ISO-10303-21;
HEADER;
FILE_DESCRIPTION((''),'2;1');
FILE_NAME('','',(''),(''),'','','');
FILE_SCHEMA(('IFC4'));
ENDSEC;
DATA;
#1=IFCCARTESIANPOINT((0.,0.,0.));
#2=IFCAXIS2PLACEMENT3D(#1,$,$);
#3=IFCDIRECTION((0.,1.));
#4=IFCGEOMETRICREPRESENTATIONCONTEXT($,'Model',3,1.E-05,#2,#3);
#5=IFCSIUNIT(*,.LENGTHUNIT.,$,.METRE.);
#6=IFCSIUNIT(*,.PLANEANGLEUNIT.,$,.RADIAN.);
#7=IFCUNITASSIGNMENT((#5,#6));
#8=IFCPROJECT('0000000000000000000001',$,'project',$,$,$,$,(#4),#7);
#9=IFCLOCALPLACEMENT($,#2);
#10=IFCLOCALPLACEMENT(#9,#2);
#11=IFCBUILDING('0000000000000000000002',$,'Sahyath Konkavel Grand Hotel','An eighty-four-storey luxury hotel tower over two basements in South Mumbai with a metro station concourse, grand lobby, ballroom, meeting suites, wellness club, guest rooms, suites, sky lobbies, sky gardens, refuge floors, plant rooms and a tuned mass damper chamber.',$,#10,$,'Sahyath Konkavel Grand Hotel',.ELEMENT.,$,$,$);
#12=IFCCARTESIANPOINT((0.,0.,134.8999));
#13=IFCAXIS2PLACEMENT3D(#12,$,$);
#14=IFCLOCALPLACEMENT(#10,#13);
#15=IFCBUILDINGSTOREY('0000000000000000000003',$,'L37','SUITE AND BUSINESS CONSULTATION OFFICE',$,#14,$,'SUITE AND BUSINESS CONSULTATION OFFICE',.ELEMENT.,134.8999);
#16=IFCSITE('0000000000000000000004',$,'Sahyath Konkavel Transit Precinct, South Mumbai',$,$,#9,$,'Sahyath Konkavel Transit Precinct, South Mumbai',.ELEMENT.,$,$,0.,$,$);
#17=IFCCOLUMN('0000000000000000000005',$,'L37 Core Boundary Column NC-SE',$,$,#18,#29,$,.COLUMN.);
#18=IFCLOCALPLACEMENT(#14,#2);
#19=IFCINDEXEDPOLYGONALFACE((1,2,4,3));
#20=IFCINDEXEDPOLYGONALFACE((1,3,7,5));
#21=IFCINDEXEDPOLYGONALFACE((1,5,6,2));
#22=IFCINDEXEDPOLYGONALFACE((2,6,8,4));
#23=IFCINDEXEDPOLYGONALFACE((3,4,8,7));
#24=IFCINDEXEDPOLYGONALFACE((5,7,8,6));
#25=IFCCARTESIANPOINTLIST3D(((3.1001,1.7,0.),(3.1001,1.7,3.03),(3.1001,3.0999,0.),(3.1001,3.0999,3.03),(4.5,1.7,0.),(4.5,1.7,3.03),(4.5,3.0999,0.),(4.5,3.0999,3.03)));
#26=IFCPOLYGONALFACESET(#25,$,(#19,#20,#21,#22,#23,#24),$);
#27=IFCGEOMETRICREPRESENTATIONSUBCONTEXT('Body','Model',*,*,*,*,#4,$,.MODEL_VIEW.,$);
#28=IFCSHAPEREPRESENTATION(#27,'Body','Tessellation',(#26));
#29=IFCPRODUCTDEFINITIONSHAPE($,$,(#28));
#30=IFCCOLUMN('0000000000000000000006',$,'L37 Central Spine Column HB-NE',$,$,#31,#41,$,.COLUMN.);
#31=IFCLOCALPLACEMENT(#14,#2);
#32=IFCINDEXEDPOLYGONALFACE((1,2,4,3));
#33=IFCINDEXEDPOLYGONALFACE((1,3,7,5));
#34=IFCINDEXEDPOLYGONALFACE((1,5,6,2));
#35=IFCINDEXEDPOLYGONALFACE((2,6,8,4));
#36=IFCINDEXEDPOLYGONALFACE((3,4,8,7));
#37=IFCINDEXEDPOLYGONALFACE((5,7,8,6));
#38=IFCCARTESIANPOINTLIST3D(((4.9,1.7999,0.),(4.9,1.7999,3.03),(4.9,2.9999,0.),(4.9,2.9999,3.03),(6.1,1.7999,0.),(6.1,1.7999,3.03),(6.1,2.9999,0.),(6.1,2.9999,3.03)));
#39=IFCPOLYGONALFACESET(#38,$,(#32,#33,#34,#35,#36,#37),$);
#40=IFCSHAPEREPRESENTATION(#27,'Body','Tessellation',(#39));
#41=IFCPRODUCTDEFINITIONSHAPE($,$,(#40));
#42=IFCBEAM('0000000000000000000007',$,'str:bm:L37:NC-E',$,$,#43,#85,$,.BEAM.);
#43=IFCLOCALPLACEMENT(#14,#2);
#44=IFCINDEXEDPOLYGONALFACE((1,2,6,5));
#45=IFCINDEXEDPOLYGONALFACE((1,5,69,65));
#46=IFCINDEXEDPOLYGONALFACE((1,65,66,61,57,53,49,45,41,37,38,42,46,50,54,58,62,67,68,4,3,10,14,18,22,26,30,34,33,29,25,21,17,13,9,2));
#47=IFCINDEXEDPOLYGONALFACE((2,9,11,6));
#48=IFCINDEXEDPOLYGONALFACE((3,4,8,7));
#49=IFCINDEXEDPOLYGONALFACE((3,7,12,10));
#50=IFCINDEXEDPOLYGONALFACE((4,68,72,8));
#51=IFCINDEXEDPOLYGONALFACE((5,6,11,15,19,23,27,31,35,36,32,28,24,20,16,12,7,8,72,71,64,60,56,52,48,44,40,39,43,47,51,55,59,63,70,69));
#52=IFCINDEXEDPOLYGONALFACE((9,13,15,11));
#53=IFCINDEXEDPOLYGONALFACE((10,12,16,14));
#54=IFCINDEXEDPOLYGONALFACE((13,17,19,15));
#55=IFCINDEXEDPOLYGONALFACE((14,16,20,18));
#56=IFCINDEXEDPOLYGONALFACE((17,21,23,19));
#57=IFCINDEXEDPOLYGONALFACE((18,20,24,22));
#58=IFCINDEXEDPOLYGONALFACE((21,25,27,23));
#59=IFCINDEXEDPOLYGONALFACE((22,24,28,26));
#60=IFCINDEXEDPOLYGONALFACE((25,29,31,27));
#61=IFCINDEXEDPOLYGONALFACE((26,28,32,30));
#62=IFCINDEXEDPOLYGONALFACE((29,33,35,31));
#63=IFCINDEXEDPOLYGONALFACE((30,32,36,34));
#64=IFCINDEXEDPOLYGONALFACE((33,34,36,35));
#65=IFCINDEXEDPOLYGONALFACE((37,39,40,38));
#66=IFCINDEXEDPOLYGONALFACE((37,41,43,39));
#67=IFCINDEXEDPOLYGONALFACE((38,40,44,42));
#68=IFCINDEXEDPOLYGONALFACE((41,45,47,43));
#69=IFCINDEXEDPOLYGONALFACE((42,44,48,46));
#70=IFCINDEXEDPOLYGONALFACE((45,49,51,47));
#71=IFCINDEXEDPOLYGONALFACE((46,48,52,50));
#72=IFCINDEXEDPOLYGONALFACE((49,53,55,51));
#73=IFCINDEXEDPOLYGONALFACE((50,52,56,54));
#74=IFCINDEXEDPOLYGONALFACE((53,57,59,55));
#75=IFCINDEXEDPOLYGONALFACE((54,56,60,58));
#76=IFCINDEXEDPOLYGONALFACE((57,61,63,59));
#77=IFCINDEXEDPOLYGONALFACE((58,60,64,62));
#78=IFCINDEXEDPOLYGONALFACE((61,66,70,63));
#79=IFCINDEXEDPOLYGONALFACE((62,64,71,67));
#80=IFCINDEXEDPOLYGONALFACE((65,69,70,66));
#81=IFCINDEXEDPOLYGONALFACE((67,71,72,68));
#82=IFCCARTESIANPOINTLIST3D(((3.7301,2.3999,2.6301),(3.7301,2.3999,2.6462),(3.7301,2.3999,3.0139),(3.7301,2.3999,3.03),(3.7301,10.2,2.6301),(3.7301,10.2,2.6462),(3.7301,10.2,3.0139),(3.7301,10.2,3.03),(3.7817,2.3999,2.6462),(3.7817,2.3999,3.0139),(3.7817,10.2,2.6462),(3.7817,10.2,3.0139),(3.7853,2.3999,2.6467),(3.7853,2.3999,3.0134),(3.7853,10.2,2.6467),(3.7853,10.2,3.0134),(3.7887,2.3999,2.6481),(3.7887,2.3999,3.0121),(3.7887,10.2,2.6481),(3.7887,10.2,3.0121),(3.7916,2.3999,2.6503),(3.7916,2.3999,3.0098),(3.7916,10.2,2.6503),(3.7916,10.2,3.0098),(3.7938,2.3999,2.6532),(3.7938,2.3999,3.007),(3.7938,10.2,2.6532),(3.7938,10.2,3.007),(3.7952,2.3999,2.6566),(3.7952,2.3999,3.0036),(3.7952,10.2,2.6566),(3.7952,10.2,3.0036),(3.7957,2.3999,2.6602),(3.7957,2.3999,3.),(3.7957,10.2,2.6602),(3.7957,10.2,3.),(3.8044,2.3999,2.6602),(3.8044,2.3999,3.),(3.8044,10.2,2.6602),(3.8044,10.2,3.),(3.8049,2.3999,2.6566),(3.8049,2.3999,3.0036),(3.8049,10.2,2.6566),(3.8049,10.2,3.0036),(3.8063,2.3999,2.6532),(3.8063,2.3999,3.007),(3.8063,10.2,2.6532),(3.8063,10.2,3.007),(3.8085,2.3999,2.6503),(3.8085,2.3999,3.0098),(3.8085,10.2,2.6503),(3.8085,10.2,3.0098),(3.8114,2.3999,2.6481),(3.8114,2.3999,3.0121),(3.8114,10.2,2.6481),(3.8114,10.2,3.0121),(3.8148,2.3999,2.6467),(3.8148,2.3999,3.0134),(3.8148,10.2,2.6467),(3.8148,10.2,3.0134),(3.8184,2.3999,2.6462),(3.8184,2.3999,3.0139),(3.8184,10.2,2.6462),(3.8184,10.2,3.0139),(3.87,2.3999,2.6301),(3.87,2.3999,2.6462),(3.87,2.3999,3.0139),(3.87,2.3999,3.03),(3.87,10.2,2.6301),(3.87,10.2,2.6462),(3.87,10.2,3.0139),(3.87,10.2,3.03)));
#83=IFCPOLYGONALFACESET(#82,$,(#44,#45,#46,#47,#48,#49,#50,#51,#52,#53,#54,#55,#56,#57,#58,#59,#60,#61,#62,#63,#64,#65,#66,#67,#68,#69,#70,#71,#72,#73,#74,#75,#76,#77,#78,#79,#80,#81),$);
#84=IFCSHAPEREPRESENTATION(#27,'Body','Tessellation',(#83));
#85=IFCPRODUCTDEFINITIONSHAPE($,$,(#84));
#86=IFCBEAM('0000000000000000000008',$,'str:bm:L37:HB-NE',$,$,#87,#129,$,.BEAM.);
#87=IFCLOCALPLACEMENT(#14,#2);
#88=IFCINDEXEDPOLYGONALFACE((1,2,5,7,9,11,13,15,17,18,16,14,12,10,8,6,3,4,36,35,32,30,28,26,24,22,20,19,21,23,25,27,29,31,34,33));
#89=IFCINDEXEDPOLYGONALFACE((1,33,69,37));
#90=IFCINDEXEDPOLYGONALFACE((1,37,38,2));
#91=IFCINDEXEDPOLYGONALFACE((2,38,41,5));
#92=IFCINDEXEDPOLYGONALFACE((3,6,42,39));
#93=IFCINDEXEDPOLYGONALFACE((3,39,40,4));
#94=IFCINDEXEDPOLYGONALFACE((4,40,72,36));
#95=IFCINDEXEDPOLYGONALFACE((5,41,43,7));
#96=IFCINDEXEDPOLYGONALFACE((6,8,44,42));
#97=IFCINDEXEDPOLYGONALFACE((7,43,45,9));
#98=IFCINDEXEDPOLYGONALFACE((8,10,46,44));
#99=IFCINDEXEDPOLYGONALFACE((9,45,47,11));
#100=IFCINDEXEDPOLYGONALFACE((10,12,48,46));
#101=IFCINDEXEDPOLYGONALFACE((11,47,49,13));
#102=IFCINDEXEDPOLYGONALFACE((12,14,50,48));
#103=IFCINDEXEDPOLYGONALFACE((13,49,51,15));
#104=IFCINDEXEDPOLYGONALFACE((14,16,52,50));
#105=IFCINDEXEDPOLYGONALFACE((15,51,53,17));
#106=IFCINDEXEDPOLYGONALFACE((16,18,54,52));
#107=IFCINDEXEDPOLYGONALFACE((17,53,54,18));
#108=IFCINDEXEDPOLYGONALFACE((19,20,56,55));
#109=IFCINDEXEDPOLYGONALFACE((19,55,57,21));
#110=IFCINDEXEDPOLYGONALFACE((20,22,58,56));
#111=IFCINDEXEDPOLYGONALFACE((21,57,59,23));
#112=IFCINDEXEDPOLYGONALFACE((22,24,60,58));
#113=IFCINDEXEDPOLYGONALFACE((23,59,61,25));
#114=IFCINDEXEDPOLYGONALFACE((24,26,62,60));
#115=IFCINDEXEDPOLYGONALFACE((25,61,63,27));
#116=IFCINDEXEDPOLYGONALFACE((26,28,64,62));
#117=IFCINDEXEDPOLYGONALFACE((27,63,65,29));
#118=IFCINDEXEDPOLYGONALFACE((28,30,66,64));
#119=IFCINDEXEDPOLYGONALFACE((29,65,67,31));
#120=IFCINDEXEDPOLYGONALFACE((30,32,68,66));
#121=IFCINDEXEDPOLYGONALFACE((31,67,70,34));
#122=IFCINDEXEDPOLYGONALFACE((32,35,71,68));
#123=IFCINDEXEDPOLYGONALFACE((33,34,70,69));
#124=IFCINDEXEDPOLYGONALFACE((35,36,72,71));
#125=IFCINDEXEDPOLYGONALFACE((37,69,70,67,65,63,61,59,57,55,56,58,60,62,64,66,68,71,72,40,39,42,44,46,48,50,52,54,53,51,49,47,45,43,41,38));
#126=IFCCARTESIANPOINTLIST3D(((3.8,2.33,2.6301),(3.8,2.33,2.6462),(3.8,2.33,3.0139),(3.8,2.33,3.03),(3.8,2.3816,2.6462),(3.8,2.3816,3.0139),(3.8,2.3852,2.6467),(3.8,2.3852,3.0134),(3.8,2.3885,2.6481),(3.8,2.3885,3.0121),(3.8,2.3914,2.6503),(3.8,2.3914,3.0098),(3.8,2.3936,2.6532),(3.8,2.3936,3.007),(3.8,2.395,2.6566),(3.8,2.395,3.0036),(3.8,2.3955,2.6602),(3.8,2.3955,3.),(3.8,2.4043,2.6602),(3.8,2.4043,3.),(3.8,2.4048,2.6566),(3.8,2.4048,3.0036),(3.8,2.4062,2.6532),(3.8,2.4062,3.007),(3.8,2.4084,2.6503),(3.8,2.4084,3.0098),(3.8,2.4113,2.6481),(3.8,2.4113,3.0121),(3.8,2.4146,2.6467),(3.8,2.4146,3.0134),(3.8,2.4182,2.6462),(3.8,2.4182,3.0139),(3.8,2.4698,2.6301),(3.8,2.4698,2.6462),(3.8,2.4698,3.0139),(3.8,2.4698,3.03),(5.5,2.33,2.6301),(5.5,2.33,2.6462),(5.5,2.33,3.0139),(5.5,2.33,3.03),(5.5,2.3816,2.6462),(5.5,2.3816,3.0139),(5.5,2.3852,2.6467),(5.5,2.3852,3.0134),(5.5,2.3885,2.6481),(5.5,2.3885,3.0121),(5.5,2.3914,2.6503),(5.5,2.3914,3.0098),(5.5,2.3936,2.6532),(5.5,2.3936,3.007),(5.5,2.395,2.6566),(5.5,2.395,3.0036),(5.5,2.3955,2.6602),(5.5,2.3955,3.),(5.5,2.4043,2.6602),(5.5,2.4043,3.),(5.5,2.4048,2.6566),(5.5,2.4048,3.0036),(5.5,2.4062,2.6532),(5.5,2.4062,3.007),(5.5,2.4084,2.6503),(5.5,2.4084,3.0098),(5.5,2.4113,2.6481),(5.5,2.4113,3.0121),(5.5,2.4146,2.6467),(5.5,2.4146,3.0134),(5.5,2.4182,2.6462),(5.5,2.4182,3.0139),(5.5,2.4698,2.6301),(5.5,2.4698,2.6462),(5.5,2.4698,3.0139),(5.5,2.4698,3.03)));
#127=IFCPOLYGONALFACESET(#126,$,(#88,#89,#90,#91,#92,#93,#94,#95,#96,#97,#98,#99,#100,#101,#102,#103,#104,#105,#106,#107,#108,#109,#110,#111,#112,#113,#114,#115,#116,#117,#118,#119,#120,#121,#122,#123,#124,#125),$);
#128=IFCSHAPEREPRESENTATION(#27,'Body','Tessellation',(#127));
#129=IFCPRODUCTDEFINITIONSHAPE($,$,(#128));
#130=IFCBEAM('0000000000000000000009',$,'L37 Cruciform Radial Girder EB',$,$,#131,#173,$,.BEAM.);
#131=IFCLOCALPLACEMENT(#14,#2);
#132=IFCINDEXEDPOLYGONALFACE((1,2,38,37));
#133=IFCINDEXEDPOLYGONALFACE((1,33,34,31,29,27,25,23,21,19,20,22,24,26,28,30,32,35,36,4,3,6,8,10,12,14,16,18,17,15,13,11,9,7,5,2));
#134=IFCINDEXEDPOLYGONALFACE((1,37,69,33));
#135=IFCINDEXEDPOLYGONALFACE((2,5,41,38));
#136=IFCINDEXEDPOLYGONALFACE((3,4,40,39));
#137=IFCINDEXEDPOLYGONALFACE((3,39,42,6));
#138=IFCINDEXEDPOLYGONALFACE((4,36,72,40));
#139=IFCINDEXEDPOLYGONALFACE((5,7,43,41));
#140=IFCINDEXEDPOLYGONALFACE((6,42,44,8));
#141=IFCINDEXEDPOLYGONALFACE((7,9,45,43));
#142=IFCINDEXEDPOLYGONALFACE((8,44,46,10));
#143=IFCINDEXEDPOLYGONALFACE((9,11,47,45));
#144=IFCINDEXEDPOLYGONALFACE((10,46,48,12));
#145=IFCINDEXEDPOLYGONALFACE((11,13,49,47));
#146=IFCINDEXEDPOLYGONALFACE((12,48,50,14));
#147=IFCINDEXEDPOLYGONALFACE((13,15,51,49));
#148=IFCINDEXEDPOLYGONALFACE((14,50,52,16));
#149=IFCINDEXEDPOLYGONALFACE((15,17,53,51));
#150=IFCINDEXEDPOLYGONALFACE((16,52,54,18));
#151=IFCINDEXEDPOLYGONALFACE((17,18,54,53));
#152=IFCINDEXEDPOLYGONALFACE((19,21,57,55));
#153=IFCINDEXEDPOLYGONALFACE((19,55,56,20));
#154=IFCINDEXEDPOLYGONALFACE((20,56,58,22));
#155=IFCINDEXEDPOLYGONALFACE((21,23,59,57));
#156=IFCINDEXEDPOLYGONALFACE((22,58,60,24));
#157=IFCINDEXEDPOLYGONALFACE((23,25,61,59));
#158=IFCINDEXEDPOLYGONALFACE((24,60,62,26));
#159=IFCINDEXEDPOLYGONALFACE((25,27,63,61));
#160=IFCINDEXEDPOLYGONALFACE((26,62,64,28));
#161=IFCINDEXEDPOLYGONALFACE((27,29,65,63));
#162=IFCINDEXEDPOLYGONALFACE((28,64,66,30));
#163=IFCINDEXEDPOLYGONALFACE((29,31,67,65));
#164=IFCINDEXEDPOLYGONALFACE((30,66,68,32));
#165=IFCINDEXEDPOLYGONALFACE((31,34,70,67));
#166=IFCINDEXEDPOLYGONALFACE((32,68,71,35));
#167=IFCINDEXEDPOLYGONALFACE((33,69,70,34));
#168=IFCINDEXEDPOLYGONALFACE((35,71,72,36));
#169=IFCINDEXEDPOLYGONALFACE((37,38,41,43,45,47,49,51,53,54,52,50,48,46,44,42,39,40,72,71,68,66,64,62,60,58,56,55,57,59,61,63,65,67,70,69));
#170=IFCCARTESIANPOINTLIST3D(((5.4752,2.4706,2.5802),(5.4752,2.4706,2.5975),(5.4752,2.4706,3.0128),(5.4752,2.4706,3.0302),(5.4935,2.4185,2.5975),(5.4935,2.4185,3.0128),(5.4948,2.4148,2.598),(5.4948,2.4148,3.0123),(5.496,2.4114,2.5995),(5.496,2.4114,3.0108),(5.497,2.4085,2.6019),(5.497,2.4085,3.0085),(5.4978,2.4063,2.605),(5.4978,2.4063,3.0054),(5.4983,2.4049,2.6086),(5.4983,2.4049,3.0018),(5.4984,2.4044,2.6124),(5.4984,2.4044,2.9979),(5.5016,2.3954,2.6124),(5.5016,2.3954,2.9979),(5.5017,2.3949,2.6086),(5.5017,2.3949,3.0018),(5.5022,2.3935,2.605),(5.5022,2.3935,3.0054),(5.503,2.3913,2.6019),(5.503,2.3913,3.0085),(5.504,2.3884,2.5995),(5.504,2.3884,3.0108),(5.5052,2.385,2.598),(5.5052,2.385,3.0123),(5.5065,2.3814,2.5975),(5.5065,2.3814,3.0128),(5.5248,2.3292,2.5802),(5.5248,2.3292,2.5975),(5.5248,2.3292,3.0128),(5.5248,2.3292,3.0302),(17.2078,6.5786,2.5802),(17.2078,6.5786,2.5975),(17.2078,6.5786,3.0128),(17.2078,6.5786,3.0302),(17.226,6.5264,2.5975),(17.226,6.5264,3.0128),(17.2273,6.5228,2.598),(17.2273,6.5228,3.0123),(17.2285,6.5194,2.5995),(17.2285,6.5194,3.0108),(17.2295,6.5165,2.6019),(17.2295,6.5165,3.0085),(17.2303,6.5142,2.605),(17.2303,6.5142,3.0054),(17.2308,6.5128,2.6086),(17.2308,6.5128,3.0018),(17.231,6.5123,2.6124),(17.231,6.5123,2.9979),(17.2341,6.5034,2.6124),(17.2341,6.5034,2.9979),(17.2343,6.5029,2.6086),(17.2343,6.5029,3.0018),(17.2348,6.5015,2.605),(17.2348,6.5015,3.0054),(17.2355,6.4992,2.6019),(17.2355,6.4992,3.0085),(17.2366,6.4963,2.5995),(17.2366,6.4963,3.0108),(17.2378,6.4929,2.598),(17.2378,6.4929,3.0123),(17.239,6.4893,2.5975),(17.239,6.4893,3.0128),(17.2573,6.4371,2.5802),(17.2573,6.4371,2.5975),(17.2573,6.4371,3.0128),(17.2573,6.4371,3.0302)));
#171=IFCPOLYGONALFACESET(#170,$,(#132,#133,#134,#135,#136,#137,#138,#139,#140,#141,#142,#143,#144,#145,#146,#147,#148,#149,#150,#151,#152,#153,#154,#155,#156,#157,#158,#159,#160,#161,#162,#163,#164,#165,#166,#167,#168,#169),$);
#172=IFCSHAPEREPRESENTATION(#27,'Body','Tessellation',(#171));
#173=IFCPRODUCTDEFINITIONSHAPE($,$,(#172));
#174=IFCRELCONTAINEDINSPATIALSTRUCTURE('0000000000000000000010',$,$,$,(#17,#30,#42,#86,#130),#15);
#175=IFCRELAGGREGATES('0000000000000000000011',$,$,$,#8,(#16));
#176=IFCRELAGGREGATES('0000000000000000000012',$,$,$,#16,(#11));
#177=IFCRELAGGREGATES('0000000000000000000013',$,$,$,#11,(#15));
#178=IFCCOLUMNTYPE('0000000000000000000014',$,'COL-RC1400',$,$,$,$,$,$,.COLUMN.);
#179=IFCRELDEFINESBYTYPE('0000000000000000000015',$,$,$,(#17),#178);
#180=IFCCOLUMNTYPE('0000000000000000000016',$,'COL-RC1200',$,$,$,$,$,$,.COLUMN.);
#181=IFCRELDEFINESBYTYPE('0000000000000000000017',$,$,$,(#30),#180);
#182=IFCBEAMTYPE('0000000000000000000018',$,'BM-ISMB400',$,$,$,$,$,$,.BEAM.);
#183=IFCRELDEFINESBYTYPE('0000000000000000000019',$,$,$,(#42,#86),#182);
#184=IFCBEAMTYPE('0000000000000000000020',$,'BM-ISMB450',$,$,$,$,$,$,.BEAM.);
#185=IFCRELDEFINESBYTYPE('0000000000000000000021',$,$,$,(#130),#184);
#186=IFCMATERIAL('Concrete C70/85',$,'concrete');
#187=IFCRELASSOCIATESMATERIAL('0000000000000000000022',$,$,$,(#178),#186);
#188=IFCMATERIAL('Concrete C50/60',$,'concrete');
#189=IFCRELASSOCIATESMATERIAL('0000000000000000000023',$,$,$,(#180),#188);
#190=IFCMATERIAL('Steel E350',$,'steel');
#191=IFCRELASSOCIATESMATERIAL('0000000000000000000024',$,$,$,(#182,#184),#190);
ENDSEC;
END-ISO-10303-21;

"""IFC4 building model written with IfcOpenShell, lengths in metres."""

from ifc_helpers import new_model, si_unit, direction, frame, origin, origin_2d, place, context, subcontext, project, spatial, rectangle, i_section, extrude, source, transform, mapped, material, material_profile, profile_set, type_object, element, save


model = new_model("IFC4")

# Units and contexts
model_context = context("Model", 3, precision=1e-05, world=origin(), true_north=direction((0.0, 1.0)))
body_context = subcontext(model_context, "Body", "Model", "MODEL_VIEW")
ifc_project = project(units=[si_unit("LENGTHUNIT", "METRE"), si_unit("PLANEANGLEUNIT", "RADIAN")], contexts=[model_context])

# Site, building, storey
site_placement = place(None, origin())
site = spatial("IfcSite", under=ifc_project, at=site_placement, Name="Sahyath Konkavel Transit Precinct, South Mumbai", LongName="Sahyath Konkavel Transit Precinct, South Mumbai", CompositionType="ELEMENT", RefElevation=0.0)
building_placement = place(site_placement, origin())
building = spatial("IfcBuilding", under=site, at=building_placement, Name="Sahyath Konkavel Grand Hotel", Description="An eighty-four-storey luxury hotel tower over two basements in South Mumbai with a metro station concourse, grand lobby, ballroom, meeting suites, wellness club, guest rooms, suites, sky lobbies, sky gardens, refuge floors, plant rooms and a tuned mass damper chamber.", LongName="Sahyath Konkavel Grand Hotel", CompositionType="ELEMENT")
storey_placement = place(building_placement, frame((0.0, 0.0, 134.8999)))
storey = spatial("IfcBuildingStorey", under=building, at=storey_placement, Name="L37", Description="SUITE AND BUSINESS CONSULTATION OFFICE", LongName="SUITE AND BUSINESS CONSULTATION OFFICE", CompositionType="ELEMENT", Elevation=134.8999)

# Columns
ifc_material_1 = material(Name="Concrete C70/85", Category="concrete")
ifc_material_profile_1 = material_profile(ifc_material_1, rectangle(XDim=1.3999, YDim=1.3999, at=origin_2d()), Name="RC 1400x1400")
ifc_profile_set_1 = profile_set([ifc_material_profile_1], Name="Concrete C70/85")
column_type_1 = type_object("IfcColumnType", Name="COL-RC1400", PredefinedType="COLUMN", material=ifc_profile_set_1)
shared_shape_1 = source(origin(), body_context, "Body", "SweptSolid", [
    extrude(rectangle(XDim=1.3999, YDim=1.3999, at=origin_2d()), origin(), (0.0, 0.0, 1.0), 3.03),
])
column_1_placement = place(storey_placement, frame((3.8, 2.3999, 0.0), z_axis=(0.0, 0.0, 1.0), x_axis=(1.0, 0.0, 0.0)))
element("IfcColumn", 1, at=column_1_placement, inside=storey, type_object=column_type_1, Name="L37 Core Boundary Column NC-SE", PredefinedType="COLUMN", context=body_context, shape_type="MappedRepresentation", body=[
    mapped(shared_shape_1, transform((0.0, 0.0, 0.0), scale=1.0)),
])
ifc_material_2 = material(Name="Concrete C50/60", Category="concrete")
ifc_material_profile_2 = material_profile(ifc_material_2, rectangle(XDim=1.2, YDim=1.2, at=origin_2d()), Name="RC 1200x1200")
ifc_profile_set_2 = profile_set([ifc_material_profile_2], Name="Concrete C50/60")
column_type_2 = type_object("IfcColumnType", Name="COL-RC1200", PredefinedType="COLUMN", material=ifc_profile_set_2)
shared_shape_2 = source(origin(), body_context, "Body", "SweptSolid", [
    extrude(rectangle(XDim=1.2, YDim=1.2, at=origin_2d()), origin(), (0.0, 0.0, 1.0), 3.03),
])
column_2_placement = place(storey_placement, frame((5.5, 2.3999, 0.0), z_axis=(0.0, 0.0, 1.0), x_axis=(1.0, 0.0, 0.0)))
element("IfcColumn", 2, at=column_2_placement, inside=storey, type_object=column_type_2, Name="L37 Central Spine Column HB-NE", PredefinedType="COLUMN", context=body_context, shape_type="MappedRepresentation", body=[
    mapped(shared_shape_2, transform((0.0, 0.0, 0.0), scale=1.0)),
])

# Beams
ifc_material_3 = material(Name="Steel E350", Category="steel")
ifc_material_profile_3 = material_profile(ifc_material_3, i_section(OverallWidth=0.1399, OverallDepth=0.3999, WebThickness=0.0088, FlangeThickness=0.0161, FilletRadius=0.0139, at=origin_2d()), Name="ISMB 400")
ifc_profile_set_3 = profile_set([ifc_material_profile_3], Name="Steel E350")
beam_type_1 = type_object("IfcBeamType", Name="BM-ISMB400", PredefinedType="BEAM", material=ifc_profile_set_3)
shared_shape_3 = source(origin(), body_context, "Body", "SweptSolid", [
    extrude(i_section(OverallWidth=0.1399, OverallDepth=0.3999, WebThickness=0.0088, FlangeThickness=0.0161, FilletRadius=0.0139, at=origin_2d()), origin(), (0.0, 0.0, 1.0), 7.8),
])
beam_1_placement = place(storey_placement, frame((3.8, 2.3999, 2.8301), z_axis=(0.0, 1.0, 0.0), x_axis=(-1.0, 0.0, 0.0)))
element("IfcBeam", 3, at=beam_1_placement, inside=storey, type_object=beam_type_1, Name="str:bm:L37:NC-E", PredefinedType="BEAM", context=body_context, shape_type="MappedRepresentation", body=[
    mapped(shared_shape_3, transform((0.0, 0.0, 0.0), scale=1.0)),
])
shared_shape_4 = source(origin(), body_context, "Body", "SweptSolid", [
    extrude(i_section(OverallWidth=0.1399, OverallDepth=0.3999, WebThickness=0.0088, FlangeThickness=0.0161, FilletRadius=0.0139, at=origin_2d()), origin(), (0.0, 0.0, 1.0), 1.7),
])
beam_2_placement = place(storey_placement, frame((3.8, 2.3999, 2.8301), z_axis=(1.0, 0.0, 0.0), x_axis=(0.0, 1.0, 0.0)))
element("IfcBeam", 4, at=beam_2_placement, inside=storey, type_object=beam_type_1, Name="str:bm:L37:HB-NE", PredefinedType="BEAM", context=body_context, shape_type="MappedRepresentation", body=[
    mapped(shared_shape_4, transform((0.0, 0.0, 0.0), scale=1.0)),
])
ifc_material_profile_4 = material_profile(ifc_material_3, i_section(OverallWidth=0.1499, OverallDepth=0.45, WebThickness=0.0095, FlangeThickness=0.0173, FilletRadius=0.0149, at=origin_2d()), Name="ISMB 450")
ifc_profile_set_4 = profile_set([ifc_material_profile_4], Name="Steel E350")
beam_type_2 = type_object("IfcBeamType", Name="BM-ISMB450", PredefinedType="BEAM", material=ifc_profile_set_4)
shared_shape_5 = source(origin(), body_context, "Body", "SweptSolid", [
    extrude(i_section(OverallWidth=0.1499, OverallDepth=0.45, WebThickness=0.0095, FlangeThickness=0.0173, FilletRadius=0.0149, at=origin_2d()), origin(), (0.0, 0.0, 1.0), 12.4309),
])
beam_3_placement = place(storey_placement, frame((5.5, 2.3999, 2.8052), z_axis=(0.943819, 0.330462, 0.0), x_axis=(-0.330462, 0.943819, 0.0)))
element("IfcBeam", 5, at=beam_3_placement, inside=storey, type_object=beam_type_2, Name="L37 Cruciform Radial Girder EB", PredefinedType="BEAM", context=body_context, shape_type="MappedRepresentation", body=[
    mapped(shared_shape_5, transform((0.0, 0.0, 0.0), scale=1.0)),
])

save(model, "model.ifc")
